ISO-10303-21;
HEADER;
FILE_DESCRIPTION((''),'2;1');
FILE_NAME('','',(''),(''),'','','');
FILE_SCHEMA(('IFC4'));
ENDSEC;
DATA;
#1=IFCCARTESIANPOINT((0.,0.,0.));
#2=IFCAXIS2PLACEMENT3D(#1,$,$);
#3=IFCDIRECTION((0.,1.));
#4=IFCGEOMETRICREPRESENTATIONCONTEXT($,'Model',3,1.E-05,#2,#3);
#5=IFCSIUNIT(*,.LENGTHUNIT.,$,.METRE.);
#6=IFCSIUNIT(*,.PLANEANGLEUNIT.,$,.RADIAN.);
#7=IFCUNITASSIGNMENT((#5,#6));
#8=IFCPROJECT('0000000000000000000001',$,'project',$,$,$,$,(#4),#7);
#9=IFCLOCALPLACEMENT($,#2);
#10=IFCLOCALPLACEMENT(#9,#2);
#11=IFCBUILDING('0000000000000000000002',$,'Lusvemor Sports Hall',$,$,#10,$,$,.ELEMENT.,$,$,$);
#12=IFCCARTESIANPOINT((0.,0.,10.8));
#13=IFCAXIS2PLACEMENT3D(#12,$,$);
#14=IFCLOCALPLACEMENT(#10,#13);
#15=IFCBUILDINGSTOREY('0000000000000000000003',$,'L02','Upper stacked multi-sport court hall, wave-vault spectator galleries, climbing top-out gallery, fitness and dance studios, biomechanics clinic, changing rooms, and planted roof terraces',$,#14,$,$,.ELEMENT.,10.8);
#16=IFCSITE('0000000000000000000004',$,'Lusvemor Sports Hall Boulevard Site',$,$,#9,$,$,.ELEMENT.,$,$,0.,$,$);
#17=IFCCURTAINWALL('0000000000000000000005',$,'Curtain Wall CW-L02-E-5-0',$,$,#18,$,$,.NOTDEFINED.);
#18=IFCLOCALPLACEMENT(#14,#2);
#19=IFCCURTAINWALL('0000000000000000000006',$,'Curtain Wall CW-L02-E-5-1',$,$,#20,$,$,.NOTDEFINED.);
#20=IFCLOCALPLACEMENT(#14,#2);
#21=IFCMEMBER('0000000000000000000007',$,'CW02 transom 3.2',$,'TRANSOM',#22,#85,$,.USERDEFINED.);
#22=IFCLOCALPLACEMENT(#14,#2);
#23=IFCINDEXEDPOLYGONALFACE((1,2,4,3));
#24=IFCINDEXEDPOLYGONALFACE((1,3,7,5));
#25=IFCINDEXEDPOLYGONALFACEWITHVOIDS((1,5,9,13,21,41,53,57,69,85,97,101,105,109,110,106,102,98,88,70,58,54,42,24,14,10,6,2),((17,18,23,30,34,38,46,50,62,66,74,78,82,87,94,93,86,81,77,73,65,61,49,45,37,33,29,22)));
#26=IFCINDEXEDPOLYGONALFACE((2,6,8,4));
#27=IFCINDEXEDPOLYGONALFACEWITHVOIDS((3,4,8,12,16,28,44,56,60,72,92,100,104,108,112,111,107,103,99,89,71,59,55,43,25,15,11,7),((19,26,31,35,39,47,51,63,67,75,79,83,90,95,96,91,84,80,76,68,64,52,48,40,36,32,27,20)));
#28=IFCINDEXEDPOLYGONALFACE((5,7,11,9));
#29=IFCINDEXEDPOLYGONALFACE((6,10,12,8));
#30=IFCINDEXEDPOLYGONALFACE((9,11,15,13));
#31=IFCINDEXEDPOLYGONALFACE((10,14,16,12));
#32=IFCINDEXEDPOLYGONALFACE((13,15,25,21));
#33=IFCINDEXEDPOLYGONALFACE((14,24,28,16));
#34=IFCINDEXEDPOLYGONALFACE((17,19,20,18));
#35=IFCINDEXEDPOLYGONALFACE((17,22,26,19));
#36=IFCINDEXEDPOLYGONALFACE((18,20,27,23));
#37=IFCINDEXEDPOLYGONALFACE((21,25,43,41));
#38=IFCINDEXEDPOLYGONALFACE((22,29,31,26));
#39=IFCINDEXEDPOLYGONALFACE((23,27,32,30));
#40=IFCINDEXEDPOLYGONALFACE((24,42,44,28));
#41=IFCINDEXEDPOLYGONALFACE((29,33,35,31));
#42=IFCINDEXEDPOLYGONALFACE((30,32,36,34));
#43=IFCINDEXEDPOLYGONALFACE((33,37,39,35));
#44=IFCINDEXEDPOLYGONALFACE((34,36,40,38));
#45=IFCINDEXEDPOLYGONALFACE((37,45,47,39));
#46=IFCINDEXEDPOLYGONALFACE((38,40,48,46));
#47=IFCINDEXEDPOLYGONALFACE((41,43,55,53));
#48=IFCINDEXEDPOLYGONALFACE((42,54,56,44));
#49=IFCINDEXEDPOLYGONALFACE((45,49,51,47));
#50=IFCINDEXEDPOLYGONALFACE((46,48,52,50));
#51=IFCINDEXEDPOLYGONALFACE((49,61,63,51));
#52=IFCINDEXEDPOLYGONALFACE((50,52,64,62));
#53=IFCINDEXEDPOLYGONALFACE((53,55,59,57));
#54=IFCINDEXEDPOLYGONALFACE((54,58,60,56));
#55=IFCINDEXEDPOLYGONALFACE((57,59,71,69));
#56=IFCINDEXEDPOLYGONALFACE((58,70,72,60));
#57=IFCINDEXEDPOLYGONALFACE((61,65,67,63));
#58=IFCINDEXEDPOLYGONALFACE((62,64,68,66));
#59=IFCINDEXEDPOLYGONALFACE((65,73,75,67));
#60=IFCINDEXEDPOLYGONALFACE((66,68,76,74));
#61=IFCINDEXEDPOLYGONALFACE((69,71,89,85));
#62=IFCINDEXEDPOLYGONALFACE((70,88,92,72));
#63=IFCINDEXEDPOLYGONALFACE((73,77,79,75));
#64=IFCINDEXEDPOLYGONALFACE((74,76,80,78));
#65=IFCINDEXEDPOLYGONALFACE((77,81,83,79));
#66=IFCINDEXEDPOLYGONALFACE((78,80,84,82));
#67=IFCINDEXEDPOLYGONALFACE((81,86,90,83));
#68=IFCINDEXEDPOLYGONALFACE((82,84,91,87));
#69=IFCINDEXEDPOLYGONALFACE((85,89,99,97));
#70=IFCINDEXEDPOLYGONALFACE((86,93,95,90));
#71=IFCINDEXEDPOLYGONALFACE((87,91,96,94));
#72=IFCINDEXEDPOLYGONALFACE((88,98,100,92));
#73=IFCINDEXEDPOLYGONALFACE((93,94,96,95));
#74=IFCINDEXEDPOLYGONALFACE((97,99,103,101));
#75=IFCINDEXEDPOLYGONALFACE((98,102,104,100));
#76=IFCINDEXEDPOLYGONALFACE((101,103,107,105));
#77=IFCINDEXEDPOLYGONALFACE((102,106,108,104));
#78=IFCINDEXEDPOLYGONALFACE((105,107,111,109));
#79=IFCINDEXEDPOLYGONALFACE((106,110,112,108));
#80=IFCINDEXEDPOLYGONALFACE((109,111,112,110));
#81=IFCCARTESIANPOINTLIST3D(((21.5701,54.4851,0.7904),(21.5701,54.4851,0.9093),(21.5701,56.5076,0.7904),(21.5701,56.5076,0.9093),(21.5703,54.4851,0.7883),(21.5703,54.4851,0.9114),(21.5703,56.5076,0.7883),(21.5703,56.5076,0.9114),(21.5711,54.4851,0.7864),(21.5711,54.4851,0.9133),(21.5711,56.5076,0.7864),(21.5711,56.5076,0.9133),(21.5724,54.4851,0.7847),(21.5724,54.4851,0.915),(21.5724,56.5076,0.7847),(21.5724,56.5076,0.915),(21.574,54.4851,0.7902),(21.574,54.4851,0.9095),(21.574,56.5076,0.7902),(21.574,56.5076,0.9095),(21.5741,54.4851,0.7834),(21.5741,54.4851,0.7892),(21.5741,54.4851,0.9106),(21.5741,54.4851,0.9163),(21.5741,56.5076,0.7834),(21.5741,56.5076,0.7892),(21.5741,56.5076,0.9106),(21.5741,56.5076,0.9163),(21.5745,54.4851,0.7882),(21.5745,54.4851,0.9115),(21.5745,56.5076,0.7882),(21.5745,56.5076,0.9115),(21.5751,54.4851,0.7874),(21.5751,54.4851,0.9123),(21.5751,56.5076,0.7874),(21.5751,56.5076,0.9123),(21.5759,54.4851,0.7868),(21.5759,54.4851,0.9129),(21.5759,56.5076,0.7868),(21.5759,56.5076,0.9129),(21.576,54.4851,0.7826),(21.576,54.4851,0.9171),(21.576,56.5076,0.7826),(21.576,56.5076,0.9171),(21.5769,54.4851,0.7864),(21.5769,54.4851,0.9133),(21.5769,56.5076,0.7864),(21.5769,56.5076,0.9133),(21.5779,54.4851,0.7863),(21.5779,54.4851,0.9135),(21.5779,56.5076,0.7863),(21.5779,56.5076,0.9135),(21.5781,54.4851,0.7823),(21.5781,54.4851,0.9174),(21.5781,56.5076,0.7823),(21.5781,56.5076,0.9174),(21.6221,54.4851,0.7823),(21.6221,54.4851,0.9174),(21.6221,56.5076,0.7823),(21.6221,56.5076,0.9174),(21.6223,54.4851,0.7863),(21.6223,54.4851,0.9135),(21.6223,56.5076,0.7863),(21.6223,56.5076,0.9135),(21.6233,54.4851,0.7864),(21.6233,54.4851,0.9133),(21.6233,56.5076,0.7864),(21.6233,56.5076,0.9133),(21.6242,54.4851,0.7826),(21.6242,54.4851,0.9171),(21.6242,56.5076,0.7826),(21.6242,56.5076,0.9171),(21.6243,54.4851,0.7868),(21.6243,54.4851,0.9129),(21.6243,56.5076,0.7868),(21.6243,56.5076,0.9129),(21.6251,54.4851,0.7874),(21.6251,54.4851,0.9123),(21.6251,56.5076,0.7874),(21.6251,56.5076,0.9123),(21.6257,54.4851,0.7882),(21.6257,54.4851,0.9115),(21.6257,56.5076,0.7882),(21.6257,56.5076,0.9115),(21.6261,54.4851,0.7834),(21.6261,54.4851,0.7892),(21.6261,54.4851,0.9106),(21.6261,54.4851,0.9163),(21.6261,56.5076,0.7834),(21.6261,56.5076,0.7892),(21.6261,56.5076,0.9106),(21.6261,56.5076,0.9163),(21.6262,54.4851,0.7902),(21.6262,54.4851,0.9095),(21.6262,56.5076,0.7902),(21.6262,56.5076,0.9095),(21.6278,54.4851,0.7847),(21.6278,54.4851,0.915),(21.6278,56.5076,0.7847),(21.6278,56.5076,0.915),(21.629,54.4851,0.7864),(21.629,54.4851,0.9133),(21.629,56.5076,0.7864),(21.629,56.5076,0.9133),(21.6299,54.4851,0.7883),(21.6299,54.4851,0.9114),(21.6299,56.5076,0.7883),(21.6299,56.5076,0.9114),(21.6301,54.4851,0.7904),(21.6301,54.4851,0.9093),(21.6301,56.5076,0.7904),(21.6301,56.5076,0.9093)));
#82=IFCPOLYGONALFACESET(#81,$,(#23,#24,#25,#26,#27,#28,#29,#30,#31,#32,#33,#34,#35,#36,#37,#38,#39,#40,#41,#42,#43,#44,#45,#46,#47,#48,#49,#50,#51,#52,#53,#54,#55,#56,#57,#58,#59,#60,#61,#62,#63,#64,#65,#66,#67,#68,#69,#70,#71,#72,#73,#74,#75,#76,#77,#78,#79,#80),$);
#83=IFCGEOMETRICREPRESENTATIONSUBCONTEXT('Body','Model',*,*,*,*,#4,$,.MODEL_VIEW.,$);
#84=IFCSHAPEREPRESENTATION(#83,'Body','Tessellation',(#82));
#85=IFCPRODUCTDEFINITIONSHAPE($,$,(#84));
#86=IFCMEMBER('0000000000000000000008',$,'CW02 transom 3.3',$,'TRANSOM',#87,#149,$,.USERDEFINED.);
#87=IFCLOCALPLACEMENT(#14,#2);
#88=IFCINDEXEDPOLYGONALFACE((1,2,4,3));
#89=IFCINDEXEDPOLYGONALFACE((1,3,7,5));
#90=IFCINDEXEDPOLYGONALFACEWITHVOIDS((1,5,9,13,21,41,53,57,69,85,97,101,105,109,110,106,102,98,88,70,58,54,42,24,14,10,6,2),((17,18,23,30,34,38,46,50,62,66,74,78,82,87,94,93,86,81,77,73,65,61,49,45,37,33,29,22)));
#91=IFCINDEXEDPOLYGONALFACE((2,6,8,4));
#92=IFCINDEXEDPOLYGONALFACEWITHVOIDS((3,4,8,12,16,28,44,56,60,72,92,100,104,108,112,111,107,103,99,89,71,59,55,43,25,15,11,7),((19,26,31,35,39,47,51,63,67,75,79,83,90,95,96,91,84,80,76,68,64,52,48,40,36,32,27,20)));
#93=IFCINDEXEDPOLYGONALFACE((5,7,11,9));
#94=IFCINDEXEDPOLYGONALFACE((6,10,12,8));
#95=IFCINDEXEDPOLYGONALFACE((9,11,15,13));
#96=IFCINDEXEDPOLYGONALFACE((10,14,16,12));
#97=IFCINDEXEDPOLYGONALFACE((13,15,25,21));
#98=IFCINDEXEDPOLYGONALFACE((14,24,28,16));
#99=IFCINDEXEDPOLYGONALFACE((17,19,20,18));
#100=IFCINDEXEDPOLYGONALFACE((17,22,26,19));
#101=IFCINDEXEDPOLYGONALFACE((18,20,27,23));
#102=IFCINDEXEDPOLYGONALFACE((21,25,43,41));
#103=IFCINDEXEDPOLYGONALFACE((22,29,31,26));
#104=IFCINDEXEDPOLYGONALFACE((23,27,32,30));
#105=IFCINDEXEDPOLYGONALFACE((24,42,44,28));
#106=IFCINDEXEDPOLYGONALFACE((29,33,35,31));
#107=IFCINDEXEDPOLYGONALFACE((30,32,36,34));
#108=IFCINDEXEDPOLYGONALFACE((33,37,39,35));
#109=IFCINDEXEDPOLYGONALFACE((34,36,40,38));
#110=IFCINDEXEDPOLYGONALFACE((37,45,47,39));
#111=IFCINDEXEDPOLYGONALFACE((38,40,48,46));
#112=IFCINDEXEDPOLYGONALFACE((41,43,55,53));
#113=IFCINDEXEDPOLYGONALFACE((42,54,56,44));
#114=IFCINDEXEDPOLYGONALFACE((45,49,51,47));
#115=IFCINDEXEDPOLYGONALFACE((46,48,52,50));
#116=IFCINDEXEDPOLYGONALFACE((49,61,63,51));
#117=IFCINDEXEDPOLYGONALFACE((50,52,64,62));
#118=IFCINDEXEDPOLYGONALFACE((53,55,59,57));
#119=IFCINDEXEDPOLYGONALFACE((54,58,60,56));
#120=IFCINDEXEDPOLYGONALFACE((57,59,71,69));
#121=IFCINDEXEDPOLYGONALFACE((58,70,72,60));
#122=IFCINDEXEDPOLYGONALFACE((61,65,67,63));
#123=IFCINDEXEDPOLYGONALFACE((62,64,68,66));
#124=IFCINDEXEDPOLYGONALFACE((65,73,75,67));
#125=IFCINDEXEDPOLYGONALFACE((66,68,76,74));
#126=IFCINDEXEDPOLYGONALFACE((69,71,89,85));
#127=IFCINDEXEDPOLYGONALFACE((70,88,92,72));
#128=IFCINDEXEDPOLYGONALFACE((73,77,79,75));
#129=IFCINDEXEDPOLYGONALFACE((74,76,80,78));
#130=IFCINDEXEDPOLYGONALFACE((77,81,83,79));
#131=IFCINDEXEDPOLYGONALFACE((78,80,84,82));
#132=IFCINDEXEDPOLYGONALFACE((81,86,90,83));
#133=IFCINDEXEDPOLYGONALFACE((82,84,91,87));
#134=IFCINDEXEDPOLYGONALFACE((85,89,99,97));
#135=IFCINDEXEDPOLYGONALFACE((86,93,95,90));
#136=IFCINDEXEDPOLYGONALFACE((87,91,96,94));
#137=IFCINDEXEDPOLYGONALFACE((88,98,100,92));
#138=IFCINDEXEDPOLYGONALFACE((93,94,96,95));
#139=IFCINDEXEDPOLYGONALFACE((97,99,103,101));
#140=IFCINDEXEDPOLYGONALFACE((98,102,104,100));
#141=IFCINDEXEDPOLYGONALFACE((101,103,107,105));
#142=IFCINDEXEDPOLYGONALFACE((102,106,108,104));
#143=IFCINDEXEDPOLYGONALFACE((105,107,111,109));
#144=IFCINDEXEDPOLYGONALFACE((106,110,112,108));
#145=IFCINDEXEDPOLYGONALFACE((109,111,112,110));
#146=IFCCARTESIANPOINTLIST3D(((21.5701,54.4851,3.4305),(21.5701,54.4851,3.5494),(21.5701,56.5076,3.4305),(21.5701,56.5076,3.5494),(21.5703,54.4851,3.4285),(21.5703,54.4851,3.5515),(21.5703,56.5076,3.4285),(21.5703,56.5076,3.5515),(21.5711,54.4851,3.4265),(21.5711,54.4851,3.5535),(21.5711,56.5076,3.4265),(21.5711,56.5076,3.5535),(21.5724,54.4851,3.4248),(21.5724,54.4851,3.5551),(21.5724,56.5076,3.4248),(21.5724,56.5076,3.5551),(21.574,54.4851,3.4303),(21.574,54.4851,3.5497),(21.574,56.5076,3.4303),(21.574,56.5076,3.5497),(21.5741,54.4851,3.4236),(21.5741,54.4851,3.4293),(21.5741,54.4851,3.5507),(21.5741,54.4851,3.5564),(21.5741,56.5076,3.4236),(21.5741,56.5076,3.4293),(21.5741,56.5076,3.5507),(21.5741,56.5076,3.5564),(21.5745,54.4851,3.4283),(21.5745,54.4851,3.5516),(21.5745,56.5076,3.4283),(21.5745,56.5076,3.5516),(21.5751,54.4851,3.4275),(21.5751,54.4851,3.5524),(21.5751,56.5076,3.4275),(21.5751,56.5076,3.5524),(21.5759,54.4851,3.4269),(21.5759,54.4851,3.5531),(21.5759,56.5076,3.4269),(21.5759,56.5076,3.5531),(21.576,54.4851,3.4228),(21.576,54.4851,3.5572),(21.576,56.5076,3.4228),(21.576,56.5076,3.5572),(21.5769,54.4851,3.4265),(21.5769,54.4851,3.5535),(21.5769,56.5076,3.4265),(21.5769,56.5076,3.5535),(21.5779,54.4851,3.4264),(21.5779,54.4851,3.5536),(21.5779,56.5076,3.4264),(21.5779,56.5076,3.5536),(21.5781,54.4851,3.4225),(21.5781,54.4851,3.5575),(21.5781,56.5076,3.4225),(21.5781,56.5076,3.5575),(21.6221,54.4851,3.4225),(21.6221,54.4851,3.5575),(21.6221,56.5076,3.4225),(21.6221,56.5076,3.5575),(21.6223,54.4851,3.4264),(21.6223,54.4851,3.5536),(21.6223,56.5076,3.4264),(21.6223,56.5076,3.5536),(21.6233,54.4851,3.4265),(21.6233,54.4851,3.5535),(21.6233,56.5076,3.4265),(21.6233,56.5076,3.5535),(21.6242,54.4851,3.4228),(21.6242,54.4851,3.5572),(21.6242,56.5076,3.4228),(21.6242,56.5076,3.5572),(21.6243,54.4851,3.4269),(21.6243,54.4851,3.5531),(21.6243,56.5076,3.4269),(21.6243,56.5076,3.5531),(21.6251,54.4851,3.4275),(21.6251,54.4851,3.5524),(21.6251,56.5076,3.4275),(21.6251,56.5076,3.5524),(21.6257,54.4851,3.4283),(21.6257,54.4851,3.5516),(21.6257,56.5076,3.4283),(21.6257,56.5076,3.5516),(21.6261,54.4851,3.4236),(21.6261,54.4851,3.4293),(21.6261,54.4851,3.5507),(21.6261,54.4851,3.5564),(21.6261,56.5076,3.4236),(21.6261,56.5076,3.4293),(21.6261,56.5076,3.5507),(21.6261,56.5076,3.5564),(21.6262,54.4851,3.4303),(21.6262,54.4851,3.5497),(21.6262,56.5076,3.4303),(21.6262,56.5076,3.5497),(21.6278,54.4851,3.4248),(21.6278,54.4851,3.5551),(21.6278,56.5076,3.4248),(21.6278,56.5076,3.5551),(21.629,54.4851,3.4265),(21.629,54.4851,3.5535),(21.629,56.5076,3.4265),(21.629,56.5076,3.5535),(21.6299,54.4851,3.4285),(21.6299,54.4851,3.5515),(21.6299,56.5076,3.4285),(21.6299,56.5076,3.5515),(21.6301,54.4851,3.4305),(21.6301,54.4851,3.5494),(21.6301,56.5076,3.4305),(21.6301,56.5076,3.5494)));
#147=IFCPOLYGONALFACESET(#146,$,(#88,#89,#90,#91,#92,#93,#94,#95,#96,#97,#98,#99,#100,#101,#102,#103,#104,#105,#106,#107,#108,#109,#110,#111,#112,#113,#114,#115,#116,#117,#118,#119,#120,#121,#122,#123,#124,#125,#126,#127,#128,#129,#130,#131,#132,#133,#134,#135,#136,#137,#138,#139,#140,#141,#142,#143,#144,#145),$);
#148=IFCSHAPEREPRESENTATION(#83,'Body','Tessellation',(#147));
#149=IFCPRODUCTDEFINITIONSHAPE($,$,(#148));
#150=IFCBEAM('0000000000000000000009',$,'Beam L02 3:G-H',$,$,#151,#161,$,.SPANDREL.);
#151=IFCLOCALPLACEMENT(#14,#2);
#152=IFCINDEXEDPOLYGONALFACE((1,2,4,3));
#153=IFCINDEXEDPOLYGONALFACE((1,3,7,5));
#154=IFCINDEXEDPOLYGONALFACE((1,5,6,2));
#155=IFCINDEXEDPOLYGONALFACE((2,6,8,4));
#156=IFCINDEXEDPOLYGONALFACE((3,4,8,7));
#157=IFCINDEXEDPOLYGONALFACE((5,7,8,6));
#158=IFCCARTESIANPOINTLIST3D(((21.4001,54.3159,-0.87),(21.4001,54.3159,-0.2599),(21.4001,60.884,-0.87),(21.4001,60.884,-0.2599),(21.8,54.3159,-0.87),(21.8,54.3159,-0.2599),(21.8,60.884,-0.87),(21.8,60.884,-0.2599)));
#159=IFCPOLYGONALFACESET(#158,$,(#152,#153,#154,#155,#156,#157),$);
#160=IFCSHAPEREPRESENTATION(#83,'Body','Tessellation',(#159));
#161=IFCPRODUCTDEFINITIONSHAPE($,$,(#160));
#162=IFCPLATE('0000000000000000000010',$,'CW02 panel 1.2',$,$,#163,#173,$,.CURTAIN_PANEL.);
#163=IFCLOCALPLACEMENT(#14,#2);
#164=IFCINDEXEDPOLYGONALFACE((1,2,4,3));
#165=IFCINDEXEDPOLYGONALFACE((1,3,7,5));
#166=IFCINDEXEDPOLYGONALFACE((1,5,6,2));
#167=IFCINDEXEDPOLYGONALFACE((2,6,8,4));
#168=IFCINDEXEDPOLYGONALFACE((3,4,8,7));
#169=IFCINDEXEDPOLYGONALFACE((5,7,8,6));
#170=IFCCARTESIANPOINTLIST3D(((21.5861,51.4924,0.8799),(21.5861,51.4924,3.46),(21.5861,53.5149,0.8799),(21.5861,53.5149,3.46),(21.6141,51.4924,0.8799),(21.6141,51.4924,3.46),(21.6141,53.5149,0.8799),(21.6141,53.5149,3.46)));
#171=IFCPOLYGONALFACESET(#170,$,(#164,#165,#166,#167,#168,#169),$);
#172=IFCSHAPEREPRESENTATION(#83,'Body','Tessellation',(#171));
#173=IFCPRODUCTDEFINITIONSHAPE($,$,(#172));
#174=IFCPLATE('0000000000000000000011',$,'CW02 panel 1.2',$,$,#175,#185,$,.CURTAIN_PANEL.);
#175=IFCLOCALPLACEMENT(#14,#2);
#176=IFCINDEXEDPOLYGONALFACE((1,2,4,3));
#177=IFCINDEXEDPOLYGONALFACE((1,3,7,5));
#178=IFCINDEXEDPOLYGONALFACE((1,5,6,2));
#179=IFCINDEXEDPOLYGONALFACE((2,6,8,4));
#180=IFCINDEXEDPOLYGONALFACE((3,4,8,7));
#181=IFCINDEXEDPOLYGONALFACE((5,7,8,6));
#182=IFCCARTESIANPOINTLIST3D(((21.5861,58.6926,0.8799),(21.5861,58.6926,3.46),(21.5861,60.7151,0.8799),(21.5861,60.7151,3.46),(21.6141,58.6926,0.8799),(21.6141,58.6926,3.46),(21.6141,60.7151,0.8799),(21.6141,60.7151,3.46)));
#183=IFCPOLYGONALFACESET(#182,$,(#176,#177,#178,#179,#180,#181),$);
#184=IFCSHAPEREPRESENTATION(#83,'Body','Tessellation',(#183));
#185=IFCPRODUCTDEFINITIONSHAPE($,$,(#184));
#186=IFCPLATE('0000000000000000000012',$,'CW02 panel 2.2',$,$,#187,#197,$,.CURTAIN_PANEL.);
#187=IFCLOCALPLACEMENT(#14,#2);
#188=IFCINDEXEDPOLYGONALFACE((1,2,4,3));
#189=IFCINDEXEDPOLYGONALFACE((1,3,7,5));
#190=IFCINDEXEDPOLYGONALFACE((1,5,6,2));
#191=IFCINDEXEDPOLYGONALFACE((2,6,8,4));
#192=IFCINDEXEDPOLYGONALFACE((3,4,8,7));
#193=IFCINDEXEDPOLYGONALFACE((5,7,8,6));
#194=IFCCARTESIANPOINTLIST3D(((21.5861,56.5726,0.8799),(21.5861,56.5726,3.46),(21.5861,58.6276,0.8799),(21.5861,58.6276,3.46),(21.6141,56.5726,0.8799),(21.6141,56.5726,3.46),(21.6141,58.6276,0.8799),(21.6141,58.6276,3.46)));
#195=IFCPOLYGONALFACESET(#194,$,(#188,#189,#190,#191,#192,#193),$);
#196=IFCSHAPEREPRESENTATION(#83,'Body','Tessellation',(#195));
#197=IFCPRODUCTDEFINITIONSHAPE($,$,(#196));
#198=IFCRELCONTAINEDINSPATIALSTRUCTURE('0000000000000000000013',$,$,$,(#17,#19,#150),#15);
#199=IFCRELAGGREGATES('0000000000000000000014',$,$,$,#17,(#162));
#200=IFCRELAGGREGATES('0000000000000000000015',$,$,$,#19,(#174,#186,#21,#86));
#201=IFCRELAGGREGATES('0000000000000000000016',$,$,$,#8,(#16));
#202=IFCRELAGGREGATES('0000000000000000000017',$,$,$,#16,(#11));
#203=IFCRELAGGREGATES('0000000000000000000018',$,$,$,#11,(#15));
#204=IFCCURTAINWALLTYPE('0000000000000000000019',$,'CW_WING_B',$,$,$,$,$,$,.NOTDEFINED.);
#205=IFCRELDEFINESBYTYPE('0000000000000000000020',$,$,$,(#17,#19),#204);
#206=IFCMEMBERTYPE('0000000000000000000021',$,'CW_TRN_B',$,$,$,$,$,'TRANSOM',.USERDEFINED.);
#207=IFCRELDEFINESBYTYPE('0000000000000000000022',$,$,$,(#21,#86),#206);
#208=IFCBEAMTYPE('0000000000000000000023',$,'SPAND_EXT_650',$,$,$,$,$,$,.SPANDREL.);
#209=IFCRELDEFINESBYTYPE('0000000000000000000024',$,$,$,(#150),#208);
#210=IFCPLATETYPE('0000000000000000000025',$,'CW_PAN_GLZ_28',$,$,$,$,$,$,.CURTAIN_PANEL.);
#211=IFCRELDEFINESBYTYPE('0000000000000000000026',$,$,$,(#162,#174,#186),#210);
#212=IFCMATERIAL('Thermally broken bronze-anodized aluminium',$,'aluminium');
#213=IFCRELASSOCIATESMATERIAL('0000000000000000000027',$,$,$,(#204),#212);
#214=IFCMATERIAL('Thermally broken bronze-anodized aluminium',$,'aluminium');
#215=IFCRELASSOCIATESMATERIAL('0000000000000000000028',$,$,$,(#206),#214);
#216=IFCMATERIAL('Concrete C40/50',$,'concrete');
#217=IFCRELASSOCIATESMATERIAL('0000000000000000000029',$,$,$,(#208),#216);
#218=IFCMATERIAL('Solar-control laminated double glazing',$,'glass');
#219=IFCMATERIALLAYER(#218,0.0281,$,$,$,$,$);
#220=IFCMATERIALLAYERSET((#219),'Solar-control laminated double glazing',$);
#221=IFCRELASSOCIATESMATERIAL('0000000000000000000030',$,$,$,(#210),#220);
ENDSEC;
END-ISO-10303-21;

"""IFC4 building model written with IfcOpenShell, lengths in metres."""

from ifc_helpers import new_model, si_unit, direction, frame, origin, origin_2d, place, context, subcontext, project, spatial, rectangle, hollow_rectangle, extrude, material, layer, layer_set, material_profile, profile_set, type_object, element, aggregate, save


model = new_model("IFC4")

# Units and contexts
model_context = context("Model", 3, precision=1e-05, world=origin(), true_north=direction((0.0, 1.0)))
body_context = subcontext(model_context, "Body", "Model", "MODEL_VIEW")
ifc_project = project(units=[si_unit("LENGTHUNIT", "METRE"), si_unit("PLANEANGLEUNIT", "RADIAN")], contexts=[model_context])

# Site, building, storey
site_placement = place(None, origin())
site = spatial("IfcSite", under=ifc_project, at=site_placement, Name="Lusvemor Sports Hall Boulevard Site", CompositionType="ELEMENT", RefElevation=0.0)
building_placement = place(site_placement, origin())
building = spatial("IfcBuilding", under=site, at=building_placement, Name="Lusvemor Sports Hall", CompositionType="ELEMENT")
storey_placement = place(building_placement, frame((0.0, 0.0, 10.8)))
storey = spatial("IfcBuildingStorey", under=building, at=storey_placement, Name="L02", Description="Upper stacked multi-sport court hall, wave-vault spectator galleries, climbing top-out gallery, fitness and dance studios, biomechanics clinic, changing rooms, and planted roof terraces", CompositionType="ELEMENT", Elevation=10.8)

# Curtain walls
ifc_material_1 = material(Name="Thermally broken bronze-anodized aluminium", Category="aluminium")
curtain_wall_type = type_object("IfcCurtainWallType", Name="CW_WING_B", PredefinedType="NOTDEFINED", material=ifc_material_1)
curtain_wall_1_placement = place(storey_placement, origin())
curtain_wall_1 = element("IfcCurtainWall", 1, at=curtain_wall_1_placement, inside=storey, type_object=curtain_wall_type, Name="Curtain Wall CW-L02-E-5-0", PredefinedType="NOTDEFINED")
curtain_wall_2_placement = place(storey_placement, origin())
curtain_wall_2 = element("IfcCurtainWall", 2, at=curtain_wall_2_placement, inside=storey, type_object=curtain_wall_type, Name="Curtain Wall CW-L02-E-5-1", PredefinedType="NOTDEFINED")

# Members
ifc_material_2 = material(Name="Thermally broken bronze-anodized aluminium", Category="aluminium")
ifc_material_profile_1 = material_profile(ifc_material_2, hollow_rectangle(XDim=0.0601, YDim=0.135, WallThickness=0.0039, InnerFilletRadius=0.0039, OuterFilletRadius=0.0081, at=origin_2d()), Name="CWTRN135x60x4")
ifc_profile_set_1 = profile_set([ifc_material_profile_1], Name="Thermally broken bronze-anodized aluminium")
member_type_1 = type_object("IfcMemberType", Name="CW_TRN_B", ElementType="TRANSOM", PredefinedType="USERDEFINED", material=ifc_profile_set_1)
member_1_placement = place(storey_placement, frame((21.6001, 56.5076, 0.8499), z_axis=(0.0, -1.0, 0.0), x_axis=(1.0, 0.0, 0.0)))
member_1 = element("IfcMember", 3, at=member_1_placement, type_object=member_type_1, Name="CW02 transom 3.2", ObjectType="TRANSOM", PredefinedType="USERDEFINED", context=body_context, shape_type="SweptSolid", body=[
    extrude(hollow_rectangle(XDim=0.0601, YDim=0.135, WallThickness=0.0039, InnerFilletRadius=0.0039, OuterFilletRadius=0.0081, at=origin_2d()), origin(), (0.0, 0.0, 1.0), 2.0225),
])
member_2_placement = place(storey_placement, frame((21.6001, 56.5076, 3.49), z_axis=(0.0, -1.0, 0.0), x_axis=(1.0, 0.0, 0.0)))
member_2 = element("IfcMember", 4, at=member_2_placement, type_object=member_type_1, Name="CW02 transom 3.3", ObjectType="TRANSOM", PredefinedType="USERDEFINED", context=body_context, shape_type="SweptSolid", body=[
    extrude(hollow_rectangle(XDim=0.0601, YDim=0.135, WallThickness=0.0039, InnerFilletRadius=0.0039, OuterFilletRadius=0.0081, at=origin_2d()), origin(), (0.0, 0.0, 1.0), 2.0225),
])

# Beam
ifc_material_3 = material(Name="Concrete C40/50", Category="concrete")
ifc_material_profile_2 = material_profile(ifc_material_3, rectangle(XDim=0.3999, YDim=0.6101, at=origin_2d()), Name="RC400x610")
ifc_profile_set_2 = profile_set([ifc_material_profile_2], Name="Concrete C40/50")
beam_type = type_object("IfcBeamType", Name="SPAND_EXT_650", PredefinedType="SPANDREL", material=ifc_profile_set_2)
beam_placement = place(storey_placement, frame((21.6001, 54.3159, -0.5649), z_axis=(0.0, 1.0, 0.0), x_axis=(-1.0, 0.0, 0.0)))
element("IfcBeam", 5, at=beam_placement, inside=storey, type_object=beam_type, Name="Beam L02 3:G-H", PredefinedType="SPANDREL", context=body_context, shape_type="SweptSolid", body=[
    extrude(rectangle(XDim=0.3999, YDim=0.6101, at=origin_2d()), origin(), (0.0, 0.0, 1.0), 6.5681),
])

# Plates
ifc_material_4 = material(Name="Solar-control laminated double glazing", Category="glass")
ifc_layer_1 = layer(ifc_material_4, 0.0281)
ifc_layer_set_1 = layer_set([ifc_layer_1], Name="Solar-control laminated double glazing")
plate_type_1 = type_object("IfcPlateType", Name="CW_PAN_GLZ_28", PredefinedType="CURTAIN_PANEL", material=ifc_layer_set_1)
plate_1_placement = place(storey_placement, frame((21.6001, 52.5037, 0.8799), z_axis=(0.0, 0.0, 1.0), x_axis=(0.0, -1.0, 0.0)))
plate_1 = element("IfcPlate", 6, at=plate_1_placement, type_object=plate_type_1, Name="CW02 panel 1.2", PredefinedType="CURTAIN_PANEL", context=body_context, shape_type="SweptSolid", body=[
    extrude(rectangle(XDim=2.0225, YDim=0.0281, at=origin_2d()), origin(), (0.0, 0.0, 1.0), 2.5801),
])
plate_2_placement = place(storey_placement, frame((21.6001, 59.7039, 0.8799), z_axis=(0.0, 0.0, 1.0), x_axis=(0.0, -1.0, 0.0)))
plate_2 = element("IfcPlate", 7, at=plate_2_placement, type_object=plate_type_1, Name="CW02 panel 1.2", PredefinedType="CURTAIN_PANEL", context=body_context, shape_type="SweptSolid", body=[
    extrude(rectangle(XDim=2.0225, YDim=0.0281, at=origin_2d()), origin(), (0.0, 0.0, 1.0), 2.5801),
])
plate_3_placement = place(storey_placement, frame((21.6001, 57.6001, 0.8799), z_axis=(0.0, 0.0, 1.0), x_axis=(0.0, -1.0, 0.0)))
plate_3 = element("IfcPlate", 8, at=plate_3_placement, type_object=plate_type_1, Name="CW02 panel 2.2", PredefinedType="CURTAIN_PANEL", context=body_context, shape_type="SweptSolid", body=[
    extrude(rectangle(XDim=2.0549, YDim=0.0281, at=origin_2d()), origin(), (0.0, 0.0, 1.0), 2.5801),
])
aggregate(curtain_wall_1, [plate_1])
aggregate(curtain_wall_2, [plate_2, plate_3, member_1, member_2])

save(model, "model.ifc")
